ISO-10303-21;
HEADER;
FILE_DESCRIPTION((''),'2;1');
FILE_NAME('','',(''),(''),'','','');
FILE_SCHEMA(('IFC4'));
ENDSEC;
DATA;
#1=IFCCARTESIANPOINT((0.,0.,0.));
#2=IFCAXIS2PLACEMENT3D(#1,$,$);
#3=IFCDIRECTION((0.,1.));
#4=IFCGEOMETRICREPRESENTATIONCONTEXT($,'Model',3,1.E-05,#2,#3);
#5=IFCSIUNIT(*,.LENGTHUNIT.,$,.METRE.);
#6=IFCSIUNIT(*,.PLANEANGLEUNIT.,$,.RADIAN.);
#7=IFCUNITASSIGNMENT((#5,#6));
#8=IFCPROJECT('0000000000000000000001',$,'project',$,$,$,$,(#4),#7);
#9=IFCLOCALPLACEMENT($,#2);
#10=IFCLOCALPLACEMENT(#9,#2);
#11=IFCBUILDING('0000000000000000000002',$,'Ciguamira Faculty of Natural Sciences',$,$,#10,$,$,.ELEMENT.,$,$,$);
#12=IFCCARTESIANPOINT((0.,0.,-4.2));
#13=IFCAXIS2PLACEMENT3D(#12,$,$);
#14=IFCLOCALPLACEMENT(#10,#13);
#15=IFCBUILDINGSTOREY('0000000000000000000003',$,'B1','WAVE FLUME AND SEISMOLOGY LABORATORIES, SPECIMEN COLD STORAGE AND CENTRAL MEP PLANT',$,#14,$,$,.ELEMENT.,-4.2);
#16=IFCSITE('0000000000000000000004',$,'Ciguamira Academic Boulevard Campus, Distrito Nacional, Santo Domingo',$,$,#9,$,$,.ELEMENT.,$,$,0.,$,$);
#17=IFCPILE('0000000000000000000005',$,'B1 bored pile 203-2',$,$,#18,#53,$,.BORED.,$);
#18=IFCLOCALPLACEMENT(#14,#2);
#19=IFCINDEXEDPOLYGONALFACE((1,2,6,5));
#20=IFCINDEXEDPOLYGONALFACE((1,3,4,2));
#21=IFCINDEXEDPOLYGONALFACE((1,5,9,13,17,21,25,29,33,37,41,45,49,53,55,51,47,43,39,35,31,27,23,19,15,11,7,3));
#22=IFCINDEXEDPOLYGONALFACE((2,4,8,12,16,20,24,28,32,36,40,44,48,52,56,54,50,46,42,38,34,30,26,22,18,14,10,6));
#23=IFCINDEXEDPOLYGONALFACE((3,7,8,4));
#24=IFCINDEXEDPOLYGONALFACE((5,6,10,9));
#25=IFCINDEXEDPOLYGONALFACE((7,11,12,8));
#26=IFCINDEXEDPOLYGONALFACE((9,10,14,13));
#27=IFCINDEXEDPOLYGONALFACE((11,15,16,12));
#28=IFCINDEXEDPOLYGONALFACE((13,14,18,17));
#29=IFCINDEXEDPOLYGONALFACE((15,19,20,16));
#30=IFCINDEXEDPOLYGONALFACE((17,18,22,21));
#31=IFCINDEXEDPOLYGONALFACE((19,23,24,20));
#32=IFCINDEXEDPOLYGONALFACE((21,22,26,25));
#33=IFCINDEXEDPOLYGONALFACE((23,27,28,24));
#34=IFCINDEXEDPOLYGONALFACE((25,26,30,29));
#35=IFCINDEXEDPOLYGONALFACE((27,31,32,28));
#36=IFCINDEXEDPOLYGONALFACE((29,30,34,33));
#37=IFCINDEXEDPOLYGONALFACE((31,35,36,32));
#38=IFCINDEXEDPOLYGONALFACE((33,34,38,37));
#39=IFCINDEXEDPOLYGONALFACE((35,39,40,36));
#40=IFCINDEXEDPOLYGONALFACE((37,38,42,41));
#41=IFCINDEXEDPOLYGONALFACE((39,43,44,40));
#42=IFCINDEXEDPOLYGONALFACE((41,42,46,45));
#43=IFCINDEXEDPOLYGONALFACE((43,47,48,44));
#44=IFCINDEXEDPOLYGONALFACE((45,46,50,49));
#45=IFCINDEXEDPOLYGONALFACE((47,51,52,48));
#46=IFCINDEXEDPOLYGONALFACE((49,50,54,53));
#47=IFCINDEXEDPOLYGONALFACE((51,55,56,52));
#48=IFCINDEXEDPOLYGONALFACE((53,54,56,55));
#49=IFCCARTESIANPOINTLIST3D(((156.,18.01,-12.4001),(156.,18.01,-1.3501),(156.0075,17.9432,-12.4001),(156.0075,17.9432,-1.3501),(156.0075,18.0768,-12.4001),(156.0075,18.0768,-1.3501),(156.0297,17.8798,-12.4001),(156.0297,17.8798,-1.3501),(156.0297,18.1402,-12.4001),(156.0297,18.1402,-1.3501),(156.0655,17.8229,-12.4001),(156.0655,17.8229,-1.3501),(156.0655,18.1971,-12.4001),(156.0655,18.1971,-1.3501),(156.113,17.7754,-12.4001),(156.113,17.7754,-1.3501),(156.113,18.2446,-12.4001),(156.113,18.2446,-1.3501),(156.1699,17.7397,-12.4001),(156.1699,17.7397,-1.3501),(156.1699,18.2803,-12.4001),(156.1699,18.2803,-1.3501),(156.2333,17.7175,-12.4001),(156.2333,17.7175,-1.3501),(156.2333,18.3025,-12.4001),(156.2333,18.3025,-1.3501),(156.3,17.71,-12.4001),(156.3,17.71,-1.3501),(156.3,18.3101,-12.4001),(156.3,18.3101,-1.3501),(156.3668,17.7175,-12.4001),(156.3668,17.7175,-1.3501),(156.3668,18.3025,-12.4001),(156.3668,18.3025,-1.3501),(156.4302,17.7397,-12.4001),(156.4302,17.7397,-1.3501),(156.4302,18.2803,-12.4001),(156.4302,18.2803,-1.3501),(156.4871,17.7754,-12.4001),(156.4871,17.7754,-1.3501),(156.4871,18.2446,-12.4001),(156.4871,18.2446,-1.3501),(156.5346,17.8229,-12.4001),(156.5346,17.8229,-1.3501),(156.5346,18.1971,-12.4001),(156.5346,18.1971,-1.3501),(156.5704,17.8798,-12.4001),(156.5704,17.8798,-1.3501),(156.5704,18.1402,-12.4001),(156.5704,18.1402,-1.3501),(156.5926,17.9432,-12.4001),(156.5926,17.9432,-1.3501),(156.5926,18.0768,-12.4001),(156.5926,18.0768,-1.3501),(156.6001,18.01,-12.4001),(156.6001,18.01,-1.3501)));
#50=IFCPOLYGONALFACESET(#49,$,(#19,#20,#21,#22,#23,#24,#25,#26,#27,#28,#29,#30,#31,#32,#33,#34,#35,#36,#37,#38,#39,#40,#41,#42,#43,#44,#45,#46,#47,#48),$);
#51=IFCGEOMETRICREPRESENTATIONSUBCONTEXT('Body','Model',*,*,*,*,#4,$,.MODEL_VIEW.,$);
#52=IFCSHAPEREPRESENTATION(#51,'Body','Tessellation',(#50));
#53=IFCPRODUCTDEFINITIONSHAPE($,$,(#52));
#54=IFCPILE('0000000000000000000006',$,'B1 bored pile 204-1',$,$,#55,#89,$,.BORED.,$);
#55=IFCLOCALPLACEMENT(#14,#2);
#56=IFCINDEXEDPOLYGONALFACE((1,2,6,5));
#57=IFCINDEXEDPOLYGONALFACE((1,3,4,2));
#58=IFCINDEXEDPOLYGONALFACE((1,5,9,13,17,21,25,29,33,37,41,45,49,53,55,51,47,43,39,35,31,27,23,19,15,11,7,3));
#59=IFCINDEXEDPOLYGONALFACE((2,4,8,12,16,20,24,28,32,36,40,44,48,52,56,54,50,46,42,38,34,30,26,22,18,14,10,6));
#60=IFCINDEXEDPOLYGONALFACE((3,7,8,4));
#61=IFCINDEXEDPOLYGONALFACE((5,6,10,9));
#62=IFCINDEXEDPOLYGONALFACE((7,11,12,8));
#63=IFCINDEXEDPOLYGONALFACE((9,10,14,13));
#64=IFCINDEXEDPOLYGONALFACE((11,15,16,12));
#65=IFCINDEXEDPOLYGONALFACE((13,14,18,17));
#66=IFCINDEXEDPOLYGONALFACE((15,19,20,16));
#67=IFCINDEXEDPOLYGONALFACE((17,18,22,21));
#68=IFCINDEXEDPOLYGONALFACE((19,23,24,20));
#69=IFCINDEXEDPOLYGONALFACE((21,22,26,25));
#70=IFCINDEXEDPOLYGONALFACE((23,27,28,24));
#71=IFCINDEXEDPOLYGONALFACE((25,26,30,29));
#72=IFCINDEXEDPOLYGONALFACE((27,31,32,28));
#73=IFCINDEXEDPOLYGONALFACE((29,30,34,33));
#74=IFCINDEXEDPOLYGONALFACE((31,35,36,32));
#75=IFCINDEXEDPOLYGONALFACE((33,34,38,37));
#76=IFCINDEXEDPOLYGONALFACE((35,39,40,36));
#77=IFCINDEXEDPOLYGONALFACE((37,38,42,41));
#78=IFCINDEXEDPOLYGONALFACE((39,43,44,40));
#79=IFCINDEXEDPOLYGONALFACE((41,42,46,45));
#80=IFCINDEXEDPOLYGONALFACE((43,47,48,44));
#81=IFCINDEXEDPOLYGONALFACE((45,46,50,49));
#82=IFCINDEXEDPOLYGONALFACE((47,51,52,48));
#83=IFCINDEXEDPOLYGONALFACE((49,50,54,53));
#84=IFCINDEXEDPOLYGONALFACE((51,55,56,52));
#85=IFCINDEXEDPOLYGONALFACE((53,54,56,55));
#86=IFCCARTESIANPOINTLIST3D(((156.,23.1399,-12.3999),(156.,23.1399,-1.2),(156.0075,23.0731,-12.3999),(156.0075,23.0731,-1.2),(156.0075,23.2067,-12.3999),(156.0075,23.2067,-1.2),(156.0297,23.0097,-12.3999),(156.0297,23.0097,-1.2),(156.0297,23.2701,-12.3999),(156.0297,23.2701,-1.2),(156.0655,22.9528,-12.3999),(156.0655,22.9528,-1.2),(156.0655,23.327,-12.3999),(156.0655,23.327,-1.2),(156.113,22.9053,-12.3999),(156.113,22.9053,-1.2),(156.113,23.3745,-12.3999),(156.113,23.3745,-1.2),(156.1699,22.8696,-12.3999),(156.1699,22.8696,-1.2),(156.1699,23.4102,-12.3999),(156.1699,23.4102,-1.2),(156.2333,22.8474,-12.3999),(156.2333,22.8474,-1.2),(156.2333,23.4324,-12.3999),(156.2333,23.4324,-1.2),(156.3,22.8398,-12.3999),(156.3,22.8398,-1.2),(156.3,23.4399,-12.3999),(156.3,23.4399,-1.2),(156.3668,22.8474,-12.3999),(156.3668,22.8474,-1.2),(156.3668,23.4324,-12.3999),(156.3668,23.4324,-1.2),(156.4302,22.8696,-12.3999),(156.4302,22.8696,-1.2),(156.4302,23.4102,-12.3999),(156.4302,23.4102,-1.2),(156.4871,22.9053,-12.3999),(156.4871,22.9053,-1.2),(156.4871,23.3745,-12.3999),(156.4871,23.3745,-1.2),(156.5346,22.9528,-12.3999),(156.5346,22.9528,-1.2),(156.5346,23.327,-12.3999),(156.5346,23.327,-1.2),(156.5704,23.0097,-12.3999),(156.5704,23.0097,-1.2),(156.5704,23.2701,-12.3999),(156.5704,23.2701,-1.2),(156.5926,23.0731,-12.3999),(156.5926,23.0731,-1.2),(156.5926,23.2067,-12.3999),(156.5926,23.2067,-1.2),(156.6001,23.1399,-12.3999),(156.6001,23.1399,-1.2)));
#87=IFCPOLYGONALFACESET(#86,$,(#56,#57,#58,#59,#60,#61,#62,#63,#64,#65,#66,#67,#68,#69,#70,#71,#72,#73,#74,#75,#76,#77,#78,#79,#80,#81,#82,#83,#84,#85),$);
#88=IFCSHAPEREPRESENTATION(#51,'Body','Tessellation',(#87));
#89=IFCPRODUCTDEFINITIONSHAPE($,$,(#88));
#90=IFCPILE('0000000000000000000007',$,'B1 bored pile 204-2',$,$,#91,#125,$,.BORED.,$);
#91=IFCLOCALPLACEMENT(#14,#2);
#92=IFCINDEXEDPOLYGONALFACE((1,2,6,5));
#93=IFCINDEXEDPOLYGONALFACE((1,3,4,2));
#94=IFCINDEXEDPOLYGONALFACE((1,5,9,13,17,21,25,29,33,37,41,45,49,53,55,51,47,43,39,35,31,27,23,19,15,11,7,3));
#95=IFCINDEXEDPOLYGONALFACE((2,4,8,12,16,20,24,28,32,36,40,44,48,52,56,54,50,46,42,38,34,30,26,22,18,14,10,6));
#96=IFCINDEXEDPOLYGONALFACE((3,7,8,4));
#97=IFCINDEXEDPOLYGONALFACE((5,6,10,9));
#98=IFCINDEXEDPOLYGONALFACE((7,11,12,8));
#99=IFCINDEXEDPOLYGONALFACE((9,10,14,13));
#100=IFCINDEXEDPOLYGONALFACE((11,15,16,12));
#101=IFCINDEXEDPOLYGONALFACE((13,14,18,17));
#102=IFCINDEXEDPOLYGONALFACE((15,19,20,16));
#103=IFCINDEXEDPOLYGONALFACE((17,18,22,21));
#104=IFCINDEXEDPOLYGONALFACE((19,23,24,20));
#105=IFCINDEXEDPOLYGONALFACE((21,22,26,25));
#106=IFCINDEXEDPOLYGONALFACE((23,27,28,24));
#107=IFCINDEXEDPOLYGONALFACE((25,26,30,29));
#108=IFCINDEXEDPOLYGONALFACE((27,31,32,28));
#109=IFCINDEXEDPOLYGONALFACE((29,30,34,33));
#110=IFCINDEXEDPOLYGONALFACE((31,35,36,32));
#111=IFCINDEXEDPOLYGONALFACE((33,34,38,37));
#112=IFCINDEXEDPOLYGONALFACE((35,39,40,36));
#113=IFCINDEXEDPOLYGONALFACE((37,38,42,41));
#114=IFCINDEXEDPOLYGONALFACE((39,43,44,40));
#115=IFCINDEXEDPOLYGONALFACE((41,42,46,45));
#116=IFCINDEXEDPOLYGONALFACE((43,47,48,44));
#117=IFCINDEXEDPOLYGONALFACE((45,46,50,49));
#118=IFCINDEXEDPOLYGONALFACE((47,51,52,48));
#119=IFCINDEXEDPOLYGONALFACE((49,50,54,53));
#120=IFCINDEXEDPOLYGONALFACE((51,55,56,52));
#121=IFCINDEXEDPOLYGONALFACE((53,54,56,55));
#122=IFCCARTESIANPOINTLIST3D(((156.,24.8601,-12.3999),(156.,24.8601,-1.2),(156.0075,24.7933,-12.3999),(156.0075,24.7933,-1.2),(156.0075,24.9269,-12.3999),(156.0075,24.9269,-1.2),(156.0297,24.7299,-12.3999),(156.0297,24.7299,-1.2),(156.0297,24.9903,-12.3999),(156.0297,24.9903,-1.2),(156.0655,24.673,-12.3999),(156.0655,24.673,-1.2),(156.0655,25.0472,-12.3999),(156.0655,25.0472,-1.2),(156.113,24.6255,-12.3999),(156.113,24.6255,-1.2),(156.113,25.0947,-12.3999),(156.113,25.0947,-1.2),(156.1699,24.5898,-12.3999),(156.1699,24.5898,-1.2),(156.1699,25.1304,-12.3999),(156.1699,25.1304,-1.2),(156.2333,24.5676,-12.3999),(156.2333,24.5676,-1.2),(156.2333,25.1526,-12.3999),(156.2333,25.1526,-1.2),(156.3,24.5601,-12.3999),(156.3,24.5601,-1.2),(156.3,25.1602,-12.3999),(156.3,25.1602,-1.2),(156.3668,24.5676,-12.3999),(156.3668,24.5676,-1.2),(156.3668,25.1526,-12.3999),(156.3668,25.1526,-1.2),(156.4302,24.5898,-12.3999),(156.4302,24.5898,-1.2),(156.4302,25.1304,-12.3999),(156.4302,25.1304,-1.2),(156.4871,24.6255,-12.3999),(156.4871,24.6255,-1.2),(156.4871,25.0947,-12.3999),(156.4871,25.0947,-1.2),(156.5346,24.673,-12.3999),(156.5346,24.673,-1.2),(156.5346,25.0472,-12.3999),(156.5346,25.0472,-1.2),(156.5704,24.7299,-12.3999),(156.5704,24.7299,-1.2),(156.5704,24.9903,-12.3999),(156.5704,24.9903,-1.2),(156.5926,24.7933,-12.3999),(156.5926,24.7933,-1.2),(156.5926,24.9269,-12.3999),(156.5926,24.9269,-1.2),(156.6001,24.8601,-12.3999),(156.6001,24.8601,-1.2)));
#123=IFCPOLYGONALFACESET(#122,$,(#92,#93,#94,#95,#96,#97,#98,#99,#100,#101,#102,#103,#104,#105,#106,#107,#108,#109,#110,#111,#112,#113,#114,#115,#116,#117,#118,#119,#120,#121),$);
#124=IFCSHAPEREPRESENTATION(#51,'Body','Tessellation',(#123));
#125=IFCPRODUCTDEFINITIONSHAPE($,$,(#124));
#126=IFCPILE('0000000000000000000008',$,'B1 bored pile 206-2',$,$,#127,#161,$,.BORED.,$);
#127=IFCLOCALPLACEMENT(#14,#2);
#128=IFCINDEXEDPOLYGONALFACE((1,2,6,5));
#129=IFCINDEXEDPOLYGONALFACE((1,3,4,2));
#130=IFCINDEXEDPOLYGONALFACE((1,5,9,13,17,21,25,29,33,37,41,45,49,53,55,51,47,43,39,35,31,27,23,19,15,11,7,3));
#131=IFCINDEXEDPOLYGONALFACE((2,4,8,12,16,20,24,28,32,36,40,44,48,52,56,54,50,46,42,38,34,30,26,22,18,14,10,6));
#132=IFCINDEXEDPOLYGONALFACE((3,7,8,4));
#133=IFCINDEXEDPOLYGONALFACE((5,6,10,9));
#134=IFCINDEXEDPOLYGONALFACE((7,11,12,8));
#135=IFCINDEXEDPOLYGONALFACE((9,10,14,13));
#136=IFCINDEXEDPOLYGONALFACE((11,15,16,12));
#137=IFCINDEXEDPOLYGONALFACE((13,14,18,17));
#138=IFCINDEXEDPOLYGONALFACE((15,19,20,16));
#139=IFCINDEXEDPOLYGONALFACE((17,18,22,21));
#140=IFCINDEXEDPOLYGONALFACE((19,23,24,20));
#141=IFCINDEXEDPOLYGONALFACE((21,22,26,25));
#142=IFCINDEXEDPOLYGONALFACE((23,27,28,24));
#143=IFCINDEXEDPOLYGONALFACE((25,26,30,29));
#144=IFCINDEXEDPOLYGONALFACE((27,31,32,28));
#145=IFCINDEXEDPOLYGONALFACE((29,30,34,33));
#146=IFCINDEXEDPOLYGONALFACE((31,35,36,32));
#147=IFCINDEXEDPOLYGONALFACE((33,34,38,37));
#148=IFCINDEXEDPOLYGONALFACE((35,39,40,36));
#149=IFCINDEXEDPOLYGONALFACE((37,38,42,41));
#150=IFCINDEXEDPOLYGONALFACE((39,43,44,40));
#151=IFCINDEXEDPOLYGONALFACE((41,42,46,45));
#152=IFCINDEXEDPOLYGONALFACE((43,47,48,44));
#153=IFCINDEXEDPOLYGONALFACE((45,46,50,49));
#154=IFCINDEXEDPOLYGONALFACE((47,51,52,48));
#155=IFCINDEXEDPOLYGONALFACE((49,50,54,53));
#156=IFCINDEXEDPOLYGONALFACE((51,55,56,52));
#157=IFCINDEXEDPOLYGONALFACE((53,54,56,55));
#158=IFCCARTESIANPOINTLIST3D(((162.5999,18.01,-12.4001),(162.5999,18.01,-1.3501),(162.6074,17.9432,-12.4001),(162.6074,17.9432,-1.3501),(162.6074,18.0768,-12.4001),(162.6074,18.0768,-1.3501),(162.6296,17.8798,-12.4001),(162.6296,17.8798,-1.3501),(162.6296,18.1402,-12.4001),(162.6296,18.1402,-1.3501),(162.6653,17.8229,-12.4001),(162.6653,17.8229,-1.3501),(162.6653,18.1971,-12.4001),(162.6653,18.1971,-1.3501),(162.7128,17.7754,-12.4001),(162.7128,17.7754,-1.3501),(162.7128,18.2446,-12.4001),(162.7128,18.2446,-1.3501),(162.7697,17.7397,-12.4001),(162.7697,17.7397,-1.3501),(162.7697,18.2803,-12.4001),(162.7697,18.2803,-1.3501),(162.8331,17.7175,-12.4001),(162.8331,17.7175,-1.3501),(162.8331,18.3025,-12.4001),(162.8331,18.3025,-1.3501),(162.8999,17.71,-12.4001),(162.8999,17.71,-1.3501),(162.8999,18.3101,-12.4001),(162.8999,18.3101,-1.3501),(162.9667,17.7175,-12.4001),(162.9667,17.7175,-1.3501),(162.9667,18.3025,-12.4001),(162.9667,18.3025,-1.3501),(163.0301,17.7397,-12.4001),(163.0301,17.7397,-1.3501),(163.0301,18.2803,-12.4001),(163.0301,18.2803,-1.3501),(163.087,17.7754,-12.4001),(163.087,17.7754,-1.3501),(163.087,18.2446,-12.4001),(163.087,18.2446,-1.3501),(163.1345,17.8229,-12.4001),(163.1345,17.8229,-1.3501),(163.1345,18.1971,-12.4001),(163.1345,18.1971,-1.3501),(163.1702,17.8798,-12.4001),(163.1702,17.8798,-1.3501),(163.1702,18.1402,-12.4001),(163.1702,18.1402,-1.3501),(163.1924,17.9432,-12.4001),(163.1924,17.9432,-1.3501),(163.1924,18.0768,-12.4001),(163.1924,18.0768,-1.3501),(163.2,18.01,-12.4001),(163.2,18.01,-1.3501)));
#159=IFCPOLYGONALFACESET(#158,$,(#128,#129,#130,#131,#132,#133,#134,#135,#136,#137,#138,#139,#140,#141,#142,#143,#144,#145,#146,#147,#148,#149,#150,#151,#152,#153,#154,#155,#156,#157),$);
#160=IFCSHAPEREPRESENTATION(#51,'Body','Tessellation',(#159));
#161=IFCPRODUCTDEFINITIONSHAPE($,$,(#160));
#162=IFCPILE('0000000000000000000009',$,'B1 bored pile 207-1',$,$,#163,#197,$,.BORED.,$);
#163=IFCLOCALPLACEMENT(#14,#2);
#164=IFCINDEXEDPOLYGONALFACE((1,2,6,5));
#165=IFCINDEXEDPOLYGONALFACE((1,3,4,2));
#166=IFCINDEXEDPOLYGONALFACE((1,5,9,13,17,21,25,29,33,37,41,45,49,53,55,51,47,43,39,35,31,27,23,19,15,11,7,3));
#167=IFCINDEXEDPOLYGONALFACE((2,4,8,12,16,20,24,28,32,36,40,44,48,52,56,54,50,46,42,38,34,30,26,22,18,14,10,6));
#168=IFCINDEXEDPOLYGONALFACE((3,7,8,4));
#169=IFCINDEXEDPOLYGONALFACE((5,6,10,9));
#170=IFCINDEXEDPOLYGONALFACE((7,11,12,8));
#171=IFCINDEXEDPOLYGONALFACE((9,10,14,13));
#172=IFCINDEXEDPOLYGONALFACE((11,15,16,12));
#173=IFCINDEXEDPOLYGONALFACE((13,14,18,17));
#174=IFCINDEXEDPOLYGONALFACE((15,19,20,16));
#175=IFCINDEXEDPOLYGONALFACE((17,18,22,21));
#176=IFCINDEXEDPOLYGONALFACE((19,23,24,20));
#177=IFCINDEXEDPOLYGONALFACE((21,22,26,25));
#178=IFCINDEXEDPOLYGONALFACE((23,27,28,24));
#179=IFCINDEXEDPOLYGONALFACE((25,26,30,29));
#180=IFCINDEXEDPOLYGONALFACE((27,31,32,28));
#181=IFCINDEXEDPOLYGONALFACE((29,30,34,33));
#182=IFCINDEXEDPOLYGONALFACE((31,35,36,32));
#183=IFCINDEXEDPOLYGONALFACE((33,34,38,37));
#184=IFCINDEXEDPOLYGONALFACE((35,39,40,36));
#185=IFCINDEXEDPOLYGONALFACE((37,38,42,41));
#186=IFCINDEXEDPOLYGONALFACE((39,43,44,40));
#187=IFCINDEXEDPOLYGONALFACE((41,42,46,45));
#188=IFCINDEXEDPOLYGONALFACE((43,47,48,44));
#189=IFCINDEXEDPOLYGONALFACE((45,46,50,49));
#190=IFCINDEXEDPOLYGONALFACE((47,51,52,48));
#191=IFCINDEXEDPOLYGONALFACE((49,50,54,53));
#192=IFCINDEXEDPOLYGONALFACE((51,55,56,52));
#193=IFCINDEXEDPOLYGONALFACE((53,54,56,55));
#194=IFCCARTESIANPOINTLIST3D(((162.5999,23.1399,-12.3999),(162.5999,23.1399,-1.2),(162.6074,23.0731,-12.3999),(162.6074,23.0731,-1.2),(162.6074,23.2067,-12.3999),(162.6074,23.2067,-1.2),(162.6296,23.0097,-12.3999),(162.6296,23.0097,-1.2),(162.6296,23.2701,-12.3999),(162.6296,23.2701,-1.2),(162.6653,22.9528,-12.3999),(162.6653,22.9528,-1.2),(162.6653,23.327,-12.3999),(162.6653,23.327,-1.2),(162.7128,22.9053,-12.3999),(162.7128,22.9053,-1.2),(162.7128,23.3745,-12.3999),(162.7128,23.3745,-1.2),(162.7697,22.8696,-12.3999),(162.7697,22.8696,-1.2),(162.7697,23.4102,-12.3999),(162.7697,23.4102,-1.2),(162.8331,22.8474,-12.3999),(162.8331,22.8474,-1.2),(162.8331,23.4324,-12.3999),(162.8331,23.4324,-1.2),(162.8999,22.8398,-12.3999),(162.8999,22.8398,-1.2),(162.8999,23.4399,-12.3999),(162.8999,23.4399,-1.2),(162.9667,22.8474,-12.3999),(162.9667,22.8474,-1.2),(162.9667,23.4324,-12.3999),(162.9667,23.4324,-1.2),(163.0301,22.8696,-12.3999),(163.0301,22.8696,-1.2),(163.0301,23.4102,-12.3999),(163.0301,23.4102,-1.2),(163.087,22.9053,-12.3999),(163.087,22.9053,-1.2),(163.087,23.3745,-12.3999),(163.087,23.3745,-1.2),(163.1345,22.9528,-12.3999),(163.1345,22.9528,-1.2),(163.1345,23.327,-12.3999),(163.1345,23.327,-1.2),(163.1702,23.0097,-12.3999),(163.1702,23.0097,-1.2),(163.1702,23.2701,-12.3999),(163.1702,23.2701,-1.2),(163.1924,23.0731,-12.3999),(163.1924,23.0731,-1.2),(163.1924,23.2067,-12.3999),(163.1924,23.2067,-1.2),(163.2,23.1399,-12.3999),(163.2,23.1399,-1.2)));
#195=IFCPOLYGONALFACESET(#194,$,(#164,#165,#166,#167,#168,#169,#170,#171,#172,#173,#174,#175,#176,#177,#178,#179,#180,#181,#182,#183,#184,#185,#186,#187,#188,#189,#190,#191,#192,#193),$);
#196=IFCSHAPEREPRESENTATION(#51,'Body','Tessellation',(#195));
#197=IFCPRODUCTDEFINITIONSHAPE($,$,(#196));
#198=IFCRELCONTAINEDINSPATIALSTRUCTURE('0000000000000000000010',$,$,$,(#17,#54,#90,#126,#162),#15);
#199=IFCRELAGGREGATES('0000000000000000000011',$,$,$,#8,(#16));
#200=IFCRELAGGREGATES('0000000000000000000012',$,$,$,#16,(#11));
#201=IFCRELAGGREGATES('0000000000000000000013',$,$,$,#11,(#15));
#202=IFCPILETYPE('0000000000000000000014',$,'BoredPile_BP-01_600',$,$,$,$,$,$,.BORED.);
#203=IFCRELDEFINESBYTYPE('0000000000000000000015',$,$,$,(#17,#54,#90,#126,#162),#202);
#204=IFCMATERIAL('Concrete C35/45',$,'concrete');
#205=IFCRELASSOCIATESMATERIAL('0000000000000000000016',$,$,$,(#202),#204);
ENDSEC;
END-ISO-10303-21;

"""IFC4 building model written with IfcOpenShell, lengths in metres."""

from ifc_helpers import new_model, si_unit, direction, frame, origin, origin_2d, place, context, subcontext, project, spatial, circle, extrude, material, material_profile, profile_set, type_object, element, save


model = new_model("IFC4")

# Units and contexts
model_context = context("Model", 3, precision=1e-05, world=origin(), true_north=direction((0.0, 1.0)))
body_context = subcontext(model_context, "Body", "Model", "MODEL_VIEW")
ifc_project = project(units=[si_unit("LENGTHUNIT", "METRE"), si_unit("PLANEANGLEUNIT", "RADIAN")], contexts=[model_context])

# Site, building, storey
site_placement = place(None, origin())
site = spatial("IfcSite", under=ifc_project, at=site_placement, Name="Ciguamira Academic Boulevard Campus, Distrito Nacional, Santo Domingo", CompositionType="ELEMENT", RefElevation=0.0)
building_placement = place(site_placement, origin())
building = spatial("IfcBuilding", under=site, at=building_placement, Name="Ciguamira Faculty of Natural Sciences", CompositionType="ELEMENT")
storey_placement = place(building_placement, frame((0.0, 0.0, -4.2)))
storey = spatial("IfcBuildingStorey", under=building, at=storey_placement, Name="B1", Description="WAVE FLUME AND SEISMOLOGY LABORATORIES, SPECIMEN COLD STORAGE AND CENTRAL MEP PLANT", CompositionType="ELEMENT", Elevation=-4.2)

# Piles
ifc_material_1 = material(Name="Concrete C35/45", Category="concrete")
ifc_material_profile_1 = material_profile(ifc_material_1, circle(Radius=0.3, at=origin_2d()), Name="PILE-BORED-600")
ifc_profile_set_1 = profile_set([ifc_material_profile_1], Name="Concrete C35/45")
pile_type = type_object("IfcPileType", Name="BoredPile_BP-01_600", PredefinedType="BORED", material=ifc_profile_set_1)
pile_1_placement = place(storey_placement, frame((156.3, 18.01, -1.3501), z_axis=(0.0, 0.0, -1.0), x_axis=(1.0, 0.0, 0.0)))
element("IfcPile", 1, at=pile_1_placement, inside=storey, type_object=pile_type, Name="B1 bored pile 203-2", PredefinedType="BORED", context=body_context, shape_type="SweptSolid", body=[
    extrude(circle(Radius=0.3, at=origin_2d()), origin(), (0.0, 0.0, 1.0), 11.05),
])
for number, where, z_axis, x_axis, name in (
    (2, (156.3, 23.1399, -1.2), (0.0, 0.0, -1.0), (1.0, 0.0, 0.0), "B1 bored pile 204-1"),
    (3, (156.3, 24.8601, -1.2), (0.0, 0.0, -1.0), (1.0, 0.0, 0.0), "B1 bored pile 204-2"),
):
    element("IfcPile", number, at=place(storey_placement, frame(where, z_axis=z_axis, x_axis=x_axis)), inside=storey, type_object=pile_type, Name=name, PredefinedType="BORED", context=body_context, shape_type="SweptSolid", body=[
        extrude(circle(Radius=0.3, at=origin_2d()), origin(), (0.0, 0.0, 1.0), 11.2),
    ])
pile_2_placement = place(storey_placement, frame((162.8999, 18.01, -1.3501), z_axis=(0.0, 0.0, -1.0), x_axis=(1.0, 0.0, 0.0)))
element("IfcPile", 4, at=pile_2_placement, inside=storey, type_object=pile_type, Name="B1 bored pile 206-2", PredefinedType="BORED", context=body_context, shape_type="SweptSolid", body=[
    extrude(circle(Radius=0.3, at=origin_2d()), origin(), (0.0, 0.0, 1.0), 11.05),
])
for number, where, z_axis, x_axis, name in (
    (5, (162.8999, 23.1399, -1.2), (0.0, 0.0, -1.0), (1.0, 0.0, 0.0), "B1 bored pile 207-1"),
):
    element("IfcPile", number, at=place(storey_placement, frame(where, z_axis=z_axis, x_axis=x_axis)), inside=storey, type_object=pile_type, Name=name, PredefinedType="BORED", context=body_context, shape_type="SweptSolid", body=[
        extrude(circle(Radius=0.3, at=origin_2d()), origin(), (0.0, 0.0, 1.0), 11.2),
    ])

save(model, "model.ifc")
